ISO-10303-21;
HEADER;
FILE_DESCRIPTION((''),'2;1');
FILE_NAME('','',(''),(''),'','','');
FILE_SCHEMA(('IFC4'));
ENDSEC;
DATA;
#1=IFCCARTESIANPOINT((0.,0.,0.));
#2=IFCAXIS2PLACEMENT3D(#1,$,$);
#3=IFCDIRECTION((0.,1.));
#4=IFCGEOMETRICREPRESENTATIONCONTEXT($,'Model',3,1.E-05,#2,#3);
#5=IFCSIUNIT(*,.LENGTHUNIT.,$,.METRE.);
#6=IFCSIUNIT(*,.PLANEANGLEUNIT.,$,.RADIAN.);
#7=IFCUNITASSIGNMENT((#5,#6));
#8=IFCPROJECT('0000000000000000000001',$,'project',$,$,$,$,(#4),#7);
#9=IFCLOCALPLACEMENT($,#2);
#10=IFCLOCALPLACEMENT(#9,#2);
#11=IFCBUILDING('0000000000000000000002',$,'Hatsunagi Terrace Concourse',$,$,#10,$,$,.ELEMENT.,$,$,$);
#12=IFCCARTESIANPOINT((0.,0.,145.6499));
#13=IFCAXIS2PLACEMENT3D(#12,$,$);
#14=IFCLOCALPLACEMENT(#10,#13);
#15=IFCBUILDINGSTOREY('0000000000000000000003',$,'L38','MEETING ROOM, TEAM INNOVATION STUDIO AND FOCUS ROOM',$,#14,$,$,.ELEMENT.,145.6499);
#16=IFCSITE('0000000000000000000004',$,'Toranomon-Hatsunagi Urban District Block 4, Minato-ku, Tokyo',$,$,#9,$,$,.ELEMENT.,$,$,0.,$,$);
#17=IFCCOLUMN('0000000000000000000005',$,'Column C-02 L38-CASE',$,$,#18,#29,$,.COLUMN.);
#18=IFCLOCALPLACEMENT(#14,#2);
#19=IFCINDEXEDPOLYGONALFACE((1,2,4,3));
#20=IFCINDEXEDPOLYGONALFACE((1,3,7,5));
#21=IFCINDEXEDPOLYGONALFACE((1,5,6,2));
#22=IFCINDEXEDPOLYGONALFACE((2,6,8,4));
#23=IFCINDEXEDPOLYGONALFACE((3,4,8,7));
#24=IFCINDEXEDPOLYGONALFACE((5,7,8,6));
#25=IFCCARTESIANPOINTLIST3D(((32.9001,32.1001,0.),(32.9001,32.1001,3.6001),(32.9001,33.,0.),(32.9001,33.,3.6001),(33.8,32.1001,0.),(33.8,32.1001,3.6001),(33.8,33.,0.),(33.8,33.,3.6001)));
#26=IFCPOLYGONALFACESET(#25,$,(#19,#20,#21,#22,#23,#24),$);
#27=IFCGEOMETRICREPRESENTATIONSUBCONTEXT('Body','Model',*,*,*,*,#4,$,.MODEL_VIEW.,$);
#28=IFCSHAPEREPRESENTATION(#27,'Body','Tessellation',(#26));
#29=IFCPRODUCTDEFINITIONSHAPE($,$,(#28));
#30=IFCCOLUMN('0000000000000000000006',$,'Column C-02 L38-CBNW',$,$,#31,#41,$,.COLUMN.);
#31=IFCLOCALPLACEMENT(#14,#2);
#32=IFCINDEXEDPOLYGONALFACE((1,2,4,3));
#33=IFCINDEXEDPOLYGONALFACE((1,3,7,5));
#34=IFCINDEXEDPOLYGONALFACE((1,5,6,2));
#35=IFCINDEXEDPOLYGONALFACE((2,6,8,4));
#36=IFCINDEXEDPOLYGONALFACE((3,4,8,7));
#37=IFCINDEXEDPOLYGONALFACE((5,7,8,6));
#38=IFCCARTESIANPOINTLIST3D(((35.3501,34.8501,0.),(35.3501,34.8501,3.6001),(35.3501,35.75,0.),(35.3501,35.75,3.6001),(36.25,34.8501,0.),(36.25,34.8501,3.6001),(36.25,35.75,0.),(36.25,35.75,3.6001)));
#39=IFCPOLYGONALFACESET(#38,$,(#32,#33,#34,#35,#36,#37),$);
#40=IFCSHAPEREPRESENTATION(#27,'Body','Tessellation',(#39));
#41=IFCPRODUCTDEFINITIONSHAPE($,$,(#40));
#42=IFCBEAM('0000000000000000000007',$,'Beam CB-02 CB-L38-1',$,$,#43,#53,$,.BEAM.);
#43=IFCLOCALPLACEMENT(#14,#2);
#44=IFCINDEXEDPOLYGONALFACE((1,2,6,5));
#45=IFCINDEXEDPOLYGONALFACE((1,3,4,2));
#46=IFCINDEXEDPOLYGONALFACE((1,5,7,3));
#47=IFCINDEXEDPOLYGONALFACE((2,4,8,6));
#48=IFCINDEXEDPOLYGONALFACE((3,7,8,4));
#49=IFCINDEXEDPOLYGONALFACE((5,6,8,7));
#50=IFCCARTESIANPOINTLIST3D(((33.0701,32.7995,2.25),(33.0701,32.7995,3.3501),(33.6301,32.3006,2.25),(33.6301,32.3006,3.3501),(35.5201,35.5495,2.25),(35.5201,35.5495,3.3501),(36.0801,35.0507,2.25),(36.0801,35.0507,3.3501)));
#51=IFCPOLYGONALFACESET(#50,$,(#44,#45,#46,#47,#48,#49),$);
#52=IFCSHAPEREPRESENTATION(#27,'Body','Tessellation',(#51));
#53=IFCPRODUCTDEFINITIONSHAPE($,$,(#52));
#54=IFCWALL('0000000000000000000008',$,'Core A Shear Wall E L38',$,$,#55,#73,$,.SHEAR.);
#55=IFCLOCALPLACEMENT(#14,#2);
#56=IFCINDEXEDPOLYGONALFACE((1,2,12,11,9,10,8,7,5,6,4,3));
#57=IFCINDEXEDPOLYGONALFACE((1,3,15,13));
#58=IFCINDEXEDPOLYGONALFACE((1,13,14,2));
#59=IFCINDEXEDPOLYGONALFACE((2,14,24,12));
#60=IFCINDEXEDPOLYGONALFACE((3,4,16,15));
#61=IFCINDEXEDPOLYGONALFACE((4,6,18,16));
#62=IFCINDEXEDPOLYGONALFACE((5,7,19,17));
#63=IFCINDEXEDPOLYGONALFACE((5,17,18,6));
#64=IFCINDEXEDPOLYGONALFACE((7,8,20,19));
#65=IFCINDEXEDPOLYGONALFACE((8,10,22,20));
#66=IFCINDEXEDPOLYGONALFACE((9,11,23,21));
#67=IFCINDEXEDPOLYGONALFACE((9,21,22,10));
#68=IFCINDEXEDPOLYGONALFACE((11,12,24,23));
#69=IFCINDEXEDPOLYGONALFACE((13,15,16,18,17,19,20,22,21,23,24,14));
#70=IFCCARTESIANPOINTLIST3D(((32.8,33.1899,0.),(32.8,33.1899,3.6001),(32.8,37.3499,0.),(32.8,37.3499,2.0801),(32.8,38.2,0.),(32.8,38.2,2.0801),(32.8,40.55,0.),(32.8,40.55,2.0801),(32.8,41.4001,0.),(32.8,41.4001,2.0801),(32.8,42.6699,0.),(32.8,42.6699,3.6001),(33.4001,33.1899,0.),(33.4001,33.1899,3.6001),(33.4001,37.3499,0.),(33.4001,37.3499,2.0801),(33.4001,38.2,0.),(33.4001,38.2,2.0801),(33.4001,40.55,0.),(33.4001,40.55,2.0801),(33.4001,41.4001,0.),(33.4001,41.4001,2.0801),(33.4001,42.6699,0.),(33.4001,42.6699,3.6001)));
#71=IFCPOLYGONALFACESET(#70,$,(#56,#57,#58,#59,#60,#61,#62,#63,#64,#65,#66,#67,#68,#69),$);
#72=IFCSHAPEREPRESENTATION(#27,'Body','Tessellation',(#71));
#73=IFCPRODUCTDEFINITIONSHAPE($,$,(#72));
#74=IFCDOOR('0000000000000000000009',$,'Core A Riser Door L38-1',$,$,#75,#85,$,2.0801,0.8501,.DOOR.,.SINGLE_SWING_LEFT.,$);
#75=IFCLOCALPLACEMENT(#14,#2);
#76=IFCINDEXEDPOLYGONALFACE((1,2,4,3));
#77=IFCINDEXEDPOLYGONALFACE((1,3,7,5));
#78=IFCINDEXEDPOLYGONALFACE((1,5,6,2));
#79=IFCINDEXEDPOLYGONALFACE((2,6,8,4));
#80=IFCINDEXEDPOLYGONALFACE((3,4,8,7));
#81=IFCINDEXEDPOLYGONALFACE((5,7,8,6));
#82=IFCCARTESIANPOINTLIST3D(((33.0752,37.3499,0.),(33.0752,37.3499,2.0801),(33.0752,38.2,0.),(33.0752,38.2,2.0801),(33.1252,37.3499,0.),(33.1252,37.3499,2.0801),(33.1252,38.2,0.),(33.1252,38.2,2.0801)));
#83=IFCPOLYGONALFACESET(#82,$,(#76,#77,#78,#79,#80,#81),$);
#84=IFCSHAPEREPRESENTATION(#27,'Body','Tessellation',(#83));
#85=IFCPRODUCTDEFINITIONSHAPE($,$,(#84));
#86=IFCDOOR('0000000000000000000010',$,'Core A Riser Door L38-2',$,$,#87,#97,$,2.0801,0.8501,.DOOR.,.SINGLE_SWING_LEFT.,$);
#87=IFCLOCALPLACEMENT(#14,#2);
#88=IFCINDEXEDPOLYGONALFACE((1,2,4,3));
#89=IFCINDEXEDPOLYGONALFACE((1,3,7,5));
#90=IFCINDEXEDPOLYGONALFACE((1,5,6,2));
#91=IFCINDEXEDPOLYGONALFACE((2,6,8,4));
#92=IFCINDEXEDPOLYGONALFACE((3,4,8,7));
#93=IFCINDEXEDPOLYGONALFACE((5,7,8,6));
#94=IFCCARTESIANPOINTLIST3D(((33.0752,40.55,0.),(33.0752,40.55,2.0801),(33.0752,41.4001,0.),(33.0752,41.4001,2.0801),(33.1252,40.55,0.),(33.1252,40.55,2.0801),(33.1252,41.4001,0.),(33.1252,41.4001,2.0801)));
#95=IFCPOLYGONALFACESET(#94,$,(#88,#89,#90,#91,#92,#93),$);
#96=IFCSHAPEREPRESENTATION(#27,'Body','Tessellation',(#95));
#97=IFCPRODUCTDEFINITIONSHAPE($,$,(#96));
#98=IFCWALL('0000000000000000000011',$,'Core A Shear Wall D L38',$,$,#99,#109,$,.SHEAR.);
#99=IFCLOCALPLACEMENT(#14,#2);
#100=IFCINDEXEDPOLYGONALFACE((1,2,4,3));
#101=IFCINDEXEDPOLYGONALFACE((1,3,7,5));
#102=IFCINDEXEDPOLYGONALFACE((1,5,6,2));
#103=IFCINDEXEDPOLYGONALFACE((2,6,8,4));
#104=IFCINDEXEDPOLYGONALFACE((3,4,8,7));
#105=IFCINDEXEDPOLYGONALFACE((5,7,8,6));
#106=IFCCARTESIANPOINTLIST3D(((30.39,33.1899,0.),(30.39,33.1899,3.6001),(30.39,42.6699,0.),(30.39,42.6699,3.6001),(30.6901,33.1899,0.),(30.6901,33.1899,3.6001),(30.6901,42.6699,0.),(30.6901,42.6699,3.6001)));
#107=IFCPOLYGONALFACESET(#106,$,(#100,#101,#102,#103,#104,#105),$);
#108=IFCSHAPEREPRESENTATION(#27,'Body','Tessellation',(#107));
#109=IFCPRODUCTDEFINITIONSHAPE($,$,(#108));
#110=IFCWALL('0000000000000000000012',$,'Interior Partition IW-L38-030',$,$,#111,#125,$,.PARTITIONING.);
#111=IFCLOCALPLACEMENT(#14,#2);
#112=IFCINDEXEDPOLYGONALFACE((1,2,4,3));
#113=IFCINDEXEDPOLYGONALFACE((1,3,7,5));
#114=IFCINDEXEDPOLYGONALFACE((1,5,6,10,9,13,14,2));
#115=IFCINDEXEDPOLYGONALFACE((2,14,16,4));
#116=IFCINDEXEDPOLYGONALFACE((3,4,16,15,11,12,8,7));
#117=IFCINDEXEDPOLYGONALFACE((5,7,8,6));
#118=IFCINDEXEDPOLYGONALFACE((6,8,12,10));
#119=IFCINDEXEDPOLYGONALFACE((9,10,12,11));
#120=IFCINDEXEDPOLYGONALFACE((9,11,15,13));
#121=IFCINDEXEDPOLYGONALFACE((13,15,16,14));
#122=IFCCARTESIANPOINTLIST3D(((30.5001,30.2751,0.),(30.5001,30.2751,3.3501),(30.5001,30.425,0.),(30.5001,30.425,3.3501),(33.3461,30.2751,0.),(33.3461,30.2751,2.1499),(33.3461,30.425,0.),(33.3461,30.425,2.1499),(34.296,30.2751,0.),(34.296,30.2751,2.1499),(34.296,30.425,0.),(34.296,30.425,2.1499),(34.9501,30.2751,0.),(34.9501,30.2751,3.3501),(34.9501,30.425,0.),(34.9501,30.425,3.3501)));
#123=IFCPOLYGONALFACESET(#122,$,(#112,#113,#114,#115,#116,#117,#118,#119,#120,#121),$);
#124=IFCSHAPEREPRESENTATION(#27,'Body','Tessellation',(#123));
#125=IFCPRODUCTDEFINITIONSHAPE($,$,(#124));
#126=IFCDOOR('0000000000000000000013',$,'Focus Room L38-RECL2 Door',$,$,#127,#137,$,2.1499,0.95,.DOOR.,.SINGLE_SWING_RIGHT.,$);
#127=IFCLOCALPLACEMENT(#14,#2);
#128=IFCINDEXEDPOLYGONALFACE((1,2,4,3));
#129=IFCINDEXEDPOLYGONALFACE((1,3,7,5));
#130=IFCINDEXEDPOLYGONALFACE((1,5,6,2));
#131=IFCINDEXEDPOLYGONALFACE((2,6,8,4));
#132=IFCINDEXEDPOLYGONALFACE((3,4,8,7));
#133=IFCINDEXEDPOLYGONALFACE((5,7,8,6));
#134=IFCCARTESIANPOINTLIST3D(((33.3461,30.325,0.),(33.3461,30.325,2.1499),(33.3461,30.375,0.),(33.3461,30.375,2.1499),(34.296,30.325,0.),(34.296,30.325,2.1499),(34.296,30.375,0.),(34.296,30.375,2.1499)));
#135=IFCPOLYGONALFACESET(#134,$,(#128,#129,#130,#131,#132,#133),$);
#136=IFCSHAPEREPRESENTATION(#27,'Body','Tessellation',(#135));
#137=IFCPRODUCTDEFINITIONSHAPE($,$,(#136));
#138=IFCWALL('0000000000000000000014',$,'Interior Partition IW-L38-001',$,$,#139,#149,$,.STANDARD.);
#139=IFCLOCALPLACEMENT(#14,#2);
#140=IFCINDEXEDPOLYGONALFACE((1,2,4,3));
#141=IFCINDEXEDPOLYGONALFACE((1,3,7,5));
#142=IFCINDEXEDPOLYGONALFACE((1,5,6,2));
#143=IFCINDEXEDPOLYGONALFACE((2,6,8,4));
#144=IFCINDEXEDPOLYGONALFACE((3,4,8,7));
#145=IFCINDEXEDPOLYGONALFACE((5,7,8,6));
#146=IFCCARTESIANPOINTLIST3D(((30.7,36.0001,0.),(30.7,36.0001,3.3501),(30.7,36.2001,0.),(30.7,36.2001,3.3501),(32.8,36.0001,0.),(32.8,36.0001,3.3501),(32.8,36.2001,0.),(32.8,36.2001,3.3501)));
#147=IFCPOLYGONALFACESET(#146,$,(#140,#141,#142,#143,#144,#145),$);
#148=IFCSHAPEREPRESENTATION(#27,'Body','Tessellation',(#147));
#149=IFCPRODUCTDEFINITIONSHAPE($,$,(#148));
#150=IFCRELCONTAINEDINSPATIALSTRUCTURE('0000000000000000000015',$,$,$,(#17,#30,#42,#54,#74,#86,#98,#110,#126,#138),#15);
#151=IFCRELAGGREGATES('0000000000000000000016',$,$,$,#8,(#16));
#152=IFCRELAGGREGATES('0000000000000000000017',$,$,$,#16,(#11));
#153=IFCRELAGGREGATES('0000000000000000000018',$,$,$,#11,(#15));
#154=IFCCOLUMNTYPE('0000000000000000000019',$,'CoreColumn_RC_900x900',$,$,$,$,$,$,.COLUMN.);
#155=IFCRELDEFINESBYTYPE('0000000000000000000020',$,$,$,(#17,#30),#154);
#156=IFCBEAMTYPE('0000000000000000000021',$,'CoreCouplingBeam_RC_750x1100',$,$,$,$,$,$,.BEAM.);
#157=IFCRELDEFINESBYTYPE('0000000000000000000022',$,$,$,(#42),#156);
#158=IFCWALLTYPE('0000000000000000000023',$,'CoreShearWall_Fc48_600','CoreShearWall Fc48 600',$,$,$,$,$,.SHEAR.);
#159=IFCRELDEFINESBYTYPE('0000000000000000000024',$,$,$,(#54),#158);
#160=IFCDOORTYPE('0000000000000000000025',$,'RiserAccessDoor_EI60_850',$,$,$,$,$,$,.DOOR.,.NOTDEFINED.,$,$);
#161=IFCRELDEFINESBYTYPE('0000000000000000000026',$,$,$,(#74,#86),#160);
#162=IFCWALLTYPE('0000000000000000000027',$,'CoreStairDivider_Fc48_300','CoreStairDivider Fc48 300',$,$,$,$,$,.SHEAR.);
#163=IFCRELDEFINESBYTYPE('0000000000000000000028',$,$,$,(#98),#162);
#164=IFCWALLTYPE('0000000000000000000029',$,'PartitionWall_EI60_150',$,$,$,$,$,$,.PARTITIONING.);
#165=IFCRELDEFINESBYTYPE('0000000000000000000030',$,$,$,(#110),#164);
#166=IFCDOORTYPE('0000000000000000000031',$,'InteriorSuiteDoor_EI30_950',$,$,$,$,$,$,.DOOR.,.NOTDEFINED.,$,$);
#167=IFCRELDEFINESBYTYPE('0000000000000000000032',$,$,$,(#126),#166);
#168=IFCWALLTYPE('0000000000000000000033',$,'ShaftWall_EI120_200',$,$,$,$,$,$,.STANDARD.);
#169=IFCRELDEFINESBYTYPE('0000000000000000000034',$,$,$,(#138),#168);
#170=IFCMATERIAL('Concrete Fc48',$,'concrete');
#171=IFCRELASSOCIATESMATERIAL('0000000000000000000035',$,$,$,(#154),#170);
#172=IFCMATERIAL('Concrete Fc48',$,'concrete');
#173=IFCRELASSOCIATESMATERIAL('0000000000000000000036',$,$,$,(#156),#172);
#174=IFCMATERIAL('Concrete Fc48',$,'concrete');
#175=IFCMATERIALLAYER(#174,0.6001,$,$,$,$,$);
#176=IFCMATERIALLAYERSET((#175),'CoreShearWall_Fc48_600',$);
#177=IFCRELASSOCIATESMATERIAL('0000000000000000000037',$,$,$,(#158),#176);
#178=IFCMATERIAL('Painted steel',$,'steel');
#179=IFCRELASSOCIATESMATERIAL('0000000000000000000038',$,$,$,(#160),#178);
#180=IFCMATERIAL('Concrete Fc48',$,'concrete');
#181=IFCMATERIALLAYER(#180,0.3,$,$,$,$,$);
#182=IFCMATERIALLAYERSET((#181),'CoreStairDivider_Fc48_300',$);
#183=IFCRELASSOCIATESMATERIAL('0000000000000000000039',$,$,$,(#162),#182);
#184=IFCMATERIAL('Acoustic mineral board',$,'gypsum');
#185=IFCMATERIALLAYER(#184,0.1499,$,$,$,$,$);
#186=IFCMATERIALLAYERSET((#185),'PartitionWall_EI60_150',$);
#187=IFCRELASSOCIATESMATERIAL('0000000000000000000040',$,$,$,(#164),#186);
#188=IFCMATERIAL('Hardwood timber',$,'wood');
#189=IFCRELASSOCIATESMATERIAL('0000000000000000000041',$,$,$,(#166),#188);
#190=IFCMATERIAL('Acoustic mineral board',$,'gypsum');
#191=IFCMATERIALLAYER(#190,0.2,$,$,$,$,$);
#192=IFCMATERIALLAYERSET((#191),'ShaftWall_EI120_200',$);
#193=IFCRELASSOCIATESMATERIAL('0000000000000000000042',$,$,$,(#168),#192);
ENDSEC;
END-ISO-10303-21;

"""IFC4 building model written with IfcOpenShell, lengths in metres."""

from ifc_helpers import new_model, si_unit, direction, frame, frame_2d, origin, origin_2d, place, context, subcontext, project, spatial, rectangle, extrude, material, layer, layer_set, material_profile, profile_set, type_object, element, fill, save


model = new_model("IFC4")

# Units and contexts
model_context = context("Model", 3, precision=1e-05, world=origin(), true_north=direction((0.0, 1.0)))
body_context = subcontext(model_context, "Body", "Model", "MODEL_VIEW")
ifc_project = project(units=[si_unit("LENGTHUNIT", "METRE"), si_unit("PLANEANGLEUNIT", "RADIAN")], contexts=[model_context])

# Site, building, storey
site_placement = place(None, origin())
site = spatial("IfcSite", under=ifc_project, at=site_placement, Name="Toranomon-Hatsunagi Urban District Block 4, Minato-ku, Tokyo", CompositionType="ELEMENT", RefElevation=0.0)
building_placement = place(site_placement, origin())
building = spatial("IfcBuilding", under=site, at=building_placement, Name="Hatsunagi Terrace Concourse", CompositionType="ELEMENT")
storey_placement = place(building_placement, frame((0.0, 0.0, 145.6499)))
storey = spatial("IfcBuildingStorey", under=building, at=storey_placement, Name="L38", Description="MEETING ROOM, TEAM INNOVATION STUDIO AND FOCUS ROOM", CompositionType="ELEMENT", Elevation=145.6499)

# Columns
ifc_material_1 = material(Name="Concrete Fc48", Category="concrete")
ifc_material_profile_1 = material_profile(ifc_material_1, rectangle(XDim=0.8999, YDim=0.8999, at=origin_2d()), Name="RC-900x900")
ifc_profile_set_1 = profile_set([ifc_material_profile_1], Name="Concrete Fc48")
column_type = type_object("IfcColumnType", Name="CoreColumn_RC_900x900", PredefinedType="COLUMN", material=ifc_profile_set_1)
for number, where, z_axis, x_axis, name in (
    (1, (33.3501, 32.55, 0.0), (0.0, 0.0, 1.0), (1.0, 0.0, 0.0), "Column C-02 L38-CASE"),
    (2, (35.8, 35.3, 0.0), (0.0, 0.0, 1.0), (1.0, 0.0, 0.0), "Column C-02 L38-CBNW"),
):
    element("IfcColumn", number, at=place(storey_placement, frame(where, z_axis=z_axis, x_axis=x_axis)), inside=storey, type_object=column_type, Name=name, PredefinedType="COLUMN", context=body_context, shape_type="SweptSolid", body=[
        extrude(rectangle(XDim=0.8999, YDim=0.8999, at=origin_2d()), origin(), (0.0, 0.0, 1.0), 3.6001),
    ])

# Beam
ifc_material_2 = material(Name="Concrete Fc48", Category="concrete")
ifc_material_profile_2 = material_profile(ifc_material_2, rectangle(XDim=0.75, YDim=1.1001, at=origin_2d()), Name="RC-750x1100")
ifc_profile_set_2 = profile_set([ifc_material_profile_2], Name="Concrete Fc48")
beam_type = type_object("IfcBeamType", Name="CoreCouplingBeam_RC_750x1100", PredefinedType="BEAM", material=ifc_profile_set_2)
beam_placement = place(storey_placement, frame((33.3501, 32.55, 2.8), z_axis=(0.665199, 0.746666, 0.0), x_axis=(-0.746666, 0.665199, 0.0)))
element("IfcBeam", 3, at=beam_placement, inside=storey, type_object=beam_type, Name="Beam CB-02 CB-L38-1", PredefinedType="BEAM", context=body_context, shape_type="SweptSolid", body=[
    extrude(rectangle(XDim=0.75, YDim=1.1001, at=origin_2d()), origin(), (0.0, 0.0, 1.0), 3.6831),
])

# Wall, openings, doors
ifc_material_3 = material(Name="Concrete Fc48", Category="concrete")
ifc_layer_1 = layer(ifc_material_3, 0.6001)
ifc_layer_set_1 = layer_set([ifc_layer_1], Name="CoreShearWall_Fc48_600")
wall_type_1 = type_object("IfcWallType", Name="CoreShearWall_Fc48_600", Description="CoreShearWall Fc48 600", PredefinedType="SHEAR", material=ifc_layer_set_1)
wall_1_placement = place(storey_placement, frame((33.1001, 33.1899, 0.0), z_axis=(0.0, 0.0, 1.0), x_axis=(0.0, 1.0, 0.0)))
wall_1 = element("IfcWall", 4, at=wall_1_placement, inside=storey, type_object=wall_type_1, Name="Core A Shear Wall E L38", PredefinedType="SHEAR", context=body_context, shape_type="SweptSolid", body=[
    extrude(rectangle(XDim=9.48, YDim=0.6001, at=frame_2d((4.74, 0.0))), origin(), (0.0, 0.0, 1.0), 3.6001),
])
opening_1_placement = place(wall_1_placement, frame((4.1599, 0.0, 0.0)))
opening_1 = element("IfcOpeningElement", 5, at=opening_1_placement, cuts=wall_1, PredefinedType="OPENING", context=body_context, shape_type="SweptSolid", body=[
    extrude(rectangle(XDim=0.8501, YDim=2.0801, at=frame_2d((0.425, 1.04))), frame((0.0, 0.3101, 0.0), z_axis=(0.0, -1.0, 0.0), x_axis=(1.0, 0.0, 0.0)), (0.0, 0.0, 1.0), 0.6201),
])
opening_2_placement = place(wall_1_placement, frame((7.3601, 0.0, 0.0)))
opening_2 = element("IfcOpeningElement", 6, at=opening_2_placement, cuts=wall_1, PredefinedType="OPENING", context=body_context, shape_type="SweptSolid", body=[
    extrude(rectangle(XDim=0.8501, YDim=2.0801, at=frame_2d((0.425, 1.04))), frame((0.0, 0.3101, 0.0), z_axis=(0.0, -1.0, 0.0), x_axis=(1.0, 0.0, 0.0)), (0.0, 0.0, 1.0), 0.6201),
])
ifc_material_4 = material(Name="Painted steel", Category="steel")
door_type_1 = type_object("IfcDoorType", Name="RiserAccessDoor_EI60_850", OperationType="NOTDEFINED", PredefinedType="DOOR", material=ifc_material_4)
door_1_placement = place(opening_1_placement, origin())
door_1 = element("IfcDoor", 7, at=door_1_placement, inside=storey, type_object=door_type_1, Name="Core A Riser Door L38-1", OperationType="SINGLE_SWING_LEFT", OverallHeight=2.0801, OverallWidth=0.8501, PredefinedType="DOOR", context=body_context, shape_type="SweptSolid", body=[
    extrude(rectangle(XDim=0.8501, YDim=2.0801, at=frame_2d((0.425, 1.04))), frame((0.0, 0.0249, 0.0), z_axis=(0.0, -1.0, 0.0), x_axis=(1.0, 0.0, 0.0)), (0.0, 0.0, 1.0), 0.05),
])
fill(opening_1, door_1)
door_2_placement = place(opening_2_placement, origin())
door_2 = element("IfcDoor", 8, at=door_2_placement, inside=storey, type_object=door_type_1, Name="Core A Riser Door L38-2", OperationType="SINGLE_SWING_LEFT", OverallHeight=2.0801, OverallWidth=0.8501, PredefinedType="DOOR", context=body_context, shape_type="SweptSolid", body=[
    extrude(rectangle(XDim=0.8501, YDim=2.0801, at=frame_2d((0.425, 1.04))), frame((0.0, 0.0249, 0.0), z_axis=(0.0, -1.0, 0.0), x_axis=(1.0, 0.0, 0.0)), (0.0, 0.0, 1.0), 0.05),
])
fill(opening_2, door_2)

# Wall
ifc_material_5 = material(Name="Concrete Fc48", Category="concrete")
ifc_layer_2 = layer(ifc_material_5, 0.3)
ifc_layer_set_2 = layer_set([ifc_layer_2], Name="CoreStairDivider_Fc48_300")
wall_type_2 = type_object("IfcWallType", Name="CoreStairDivider_Fc48_300", Description="CoreStairDivider Fc48 300", PredefinedType="SHEAR", material=ifc_layer_set_2)
wall_2_placement = place(storey_placement, frame((30.54, 33.1899, 0.0), z_axis=(0.0, 0.0, 1.0), x_axis=(0.0, 1.0, 0.0)))
element("IfcWall", 9, at=wall_2_placement, inside=storey, type_object=wall_type_2, Name="Core A Shear Wall D L38", PredefinedType="SHEAR", context=body_context, shape_type="SweptSolid", body=[
    extrude(rectangle(XDim=9.48, YDim=0.3, at=frame_2d((4.74, 0.0))), origin(), (0.0, 0.0, 1.0), 3.6001),
])

# Wall, opening, door
ifc_material_6 = material(Name="Acoustic mineral board", Category="gypsum")
ifc_layer_3 = layer(ifc_material_6, 0.1499)
ifc_layer_set_3 = layer_set([ifc_layer_3], Name="PartitionWall_EI60_150")
wall_type_3 = type_object("IfcWallType", Name="PartitionWall_EI60_150", PredefinedType="PARTITIONING", material=ifc_layer_set_3)
wall_3_placement = place(storey_placement, frame((30.5, 30.3501, 0.0), z_axis=(0.0, 0.0, 1.0), x_axis=(1.0, 0.0, 0.0)))
wall_3 = element("IfcWall", 10, at=wall_3_placement, inside=storey, type_object=wall_type_3, Name="Interior Partition IW-L38-030", PredefinedType="PARTITIONING", context=body_context, shape_type="SweptSolid", body=[
    extrude(rectangle(XDim=4.45, YDim=0.1499, at=frame_2d((2.2251, 0.0))), origin(), (0.0, 0.0, 1.0), 3.3501),
])
opening_3_placement = place(wall_3_placement, frame((2.8459, 0.0, 0.0)))
opening_3 = element("IfcOpeningElement", 11, at=opening_3_placement, cuts=wall_3, PredefinedType="OPENING", context=body_context, shape_type="SweptSolid", body=[
    extrude(rectangle(XDim=0.95, YDim=2.1499, at=frame_2d((0.4751, 1.075))), frame((0.0, 0.085, 0.0), z_axis=(0.0, -1.0, 0.0), x_axis=(1.0, 0.0, 0.0)), (0.0, 0.0, 1.0), 0.1699),
])
ifc_material_7 = material(Name="Hardwood timber", Category="wood")
door_type_2 = type_object("IfcDoorType", Name="InteriorSuiteDoor_EI30_950", OperationType="NOTDEFINED", PredefinedType="DOOR", material=ifc_material_7)
door_3_placement = place(opening_3_placement, origin())
door_3 = element("IfcDoor", 12, at=door_3_placement, inside=storey, type_object=door_type_2, Name="Focus Room L38-RECL2 Door", OperationType="SINGLE_SWING_RIGHT", OverallHeight=2.1499, OverallWidth=0.95, PredefinedType="DOOR", context=body_context, shape_type="SweptSolid", body=[
    extrude(rectangle(XDim=0.95, YDim=2.1499, at=frame_2d((0.4751, 1.075))), frame((0.0, 0.0249, 0.0), z_axis=(0.0, -1.0, 0.0), x_axis=(1.0, 0.0, 0.0)), (0.0, 0.0, 1.0), 0.05),
])
fill(opening_3, door_3)

# Wall
ifc_material_8 = material(Name="Acoustic mineral board", Category="gypsum")
ifc_layer_4 = layer(ifc_material_8, 0.2)
ifc_layer_set_4 = layer_set([ifc_layer_4], Name="ShaftWall_EI120_200")
wall_type_4 = type_object("IfcWallType", Name="ShaftWall_EI120_200", PredefinedType="STANDARD", material=ifc_layer_set_4)
wall_4_placement = place(storey_placement, frame((30.7, 36.1001, 0.0), z_axis=(0.0, 0.0, 1.0), x_axis=(1.0, 0.0, 0.0)))
element("IfcWall", 13, at=wall_4_placement, inside=storey, type_object=wall_type_4, Name="Interior Partition IW-L38-001", PredefinedType="STANDARD", context=body_context, shape_type="SweptSolid", body=[
    extrude(rectangle(XDim=2.1001, YDim=0.2, at=frame_2d((1.05, 0.0))), origin(), (0.0, 0.0, 1.0), 3.3501),
])

save(model, "model.ifc")
